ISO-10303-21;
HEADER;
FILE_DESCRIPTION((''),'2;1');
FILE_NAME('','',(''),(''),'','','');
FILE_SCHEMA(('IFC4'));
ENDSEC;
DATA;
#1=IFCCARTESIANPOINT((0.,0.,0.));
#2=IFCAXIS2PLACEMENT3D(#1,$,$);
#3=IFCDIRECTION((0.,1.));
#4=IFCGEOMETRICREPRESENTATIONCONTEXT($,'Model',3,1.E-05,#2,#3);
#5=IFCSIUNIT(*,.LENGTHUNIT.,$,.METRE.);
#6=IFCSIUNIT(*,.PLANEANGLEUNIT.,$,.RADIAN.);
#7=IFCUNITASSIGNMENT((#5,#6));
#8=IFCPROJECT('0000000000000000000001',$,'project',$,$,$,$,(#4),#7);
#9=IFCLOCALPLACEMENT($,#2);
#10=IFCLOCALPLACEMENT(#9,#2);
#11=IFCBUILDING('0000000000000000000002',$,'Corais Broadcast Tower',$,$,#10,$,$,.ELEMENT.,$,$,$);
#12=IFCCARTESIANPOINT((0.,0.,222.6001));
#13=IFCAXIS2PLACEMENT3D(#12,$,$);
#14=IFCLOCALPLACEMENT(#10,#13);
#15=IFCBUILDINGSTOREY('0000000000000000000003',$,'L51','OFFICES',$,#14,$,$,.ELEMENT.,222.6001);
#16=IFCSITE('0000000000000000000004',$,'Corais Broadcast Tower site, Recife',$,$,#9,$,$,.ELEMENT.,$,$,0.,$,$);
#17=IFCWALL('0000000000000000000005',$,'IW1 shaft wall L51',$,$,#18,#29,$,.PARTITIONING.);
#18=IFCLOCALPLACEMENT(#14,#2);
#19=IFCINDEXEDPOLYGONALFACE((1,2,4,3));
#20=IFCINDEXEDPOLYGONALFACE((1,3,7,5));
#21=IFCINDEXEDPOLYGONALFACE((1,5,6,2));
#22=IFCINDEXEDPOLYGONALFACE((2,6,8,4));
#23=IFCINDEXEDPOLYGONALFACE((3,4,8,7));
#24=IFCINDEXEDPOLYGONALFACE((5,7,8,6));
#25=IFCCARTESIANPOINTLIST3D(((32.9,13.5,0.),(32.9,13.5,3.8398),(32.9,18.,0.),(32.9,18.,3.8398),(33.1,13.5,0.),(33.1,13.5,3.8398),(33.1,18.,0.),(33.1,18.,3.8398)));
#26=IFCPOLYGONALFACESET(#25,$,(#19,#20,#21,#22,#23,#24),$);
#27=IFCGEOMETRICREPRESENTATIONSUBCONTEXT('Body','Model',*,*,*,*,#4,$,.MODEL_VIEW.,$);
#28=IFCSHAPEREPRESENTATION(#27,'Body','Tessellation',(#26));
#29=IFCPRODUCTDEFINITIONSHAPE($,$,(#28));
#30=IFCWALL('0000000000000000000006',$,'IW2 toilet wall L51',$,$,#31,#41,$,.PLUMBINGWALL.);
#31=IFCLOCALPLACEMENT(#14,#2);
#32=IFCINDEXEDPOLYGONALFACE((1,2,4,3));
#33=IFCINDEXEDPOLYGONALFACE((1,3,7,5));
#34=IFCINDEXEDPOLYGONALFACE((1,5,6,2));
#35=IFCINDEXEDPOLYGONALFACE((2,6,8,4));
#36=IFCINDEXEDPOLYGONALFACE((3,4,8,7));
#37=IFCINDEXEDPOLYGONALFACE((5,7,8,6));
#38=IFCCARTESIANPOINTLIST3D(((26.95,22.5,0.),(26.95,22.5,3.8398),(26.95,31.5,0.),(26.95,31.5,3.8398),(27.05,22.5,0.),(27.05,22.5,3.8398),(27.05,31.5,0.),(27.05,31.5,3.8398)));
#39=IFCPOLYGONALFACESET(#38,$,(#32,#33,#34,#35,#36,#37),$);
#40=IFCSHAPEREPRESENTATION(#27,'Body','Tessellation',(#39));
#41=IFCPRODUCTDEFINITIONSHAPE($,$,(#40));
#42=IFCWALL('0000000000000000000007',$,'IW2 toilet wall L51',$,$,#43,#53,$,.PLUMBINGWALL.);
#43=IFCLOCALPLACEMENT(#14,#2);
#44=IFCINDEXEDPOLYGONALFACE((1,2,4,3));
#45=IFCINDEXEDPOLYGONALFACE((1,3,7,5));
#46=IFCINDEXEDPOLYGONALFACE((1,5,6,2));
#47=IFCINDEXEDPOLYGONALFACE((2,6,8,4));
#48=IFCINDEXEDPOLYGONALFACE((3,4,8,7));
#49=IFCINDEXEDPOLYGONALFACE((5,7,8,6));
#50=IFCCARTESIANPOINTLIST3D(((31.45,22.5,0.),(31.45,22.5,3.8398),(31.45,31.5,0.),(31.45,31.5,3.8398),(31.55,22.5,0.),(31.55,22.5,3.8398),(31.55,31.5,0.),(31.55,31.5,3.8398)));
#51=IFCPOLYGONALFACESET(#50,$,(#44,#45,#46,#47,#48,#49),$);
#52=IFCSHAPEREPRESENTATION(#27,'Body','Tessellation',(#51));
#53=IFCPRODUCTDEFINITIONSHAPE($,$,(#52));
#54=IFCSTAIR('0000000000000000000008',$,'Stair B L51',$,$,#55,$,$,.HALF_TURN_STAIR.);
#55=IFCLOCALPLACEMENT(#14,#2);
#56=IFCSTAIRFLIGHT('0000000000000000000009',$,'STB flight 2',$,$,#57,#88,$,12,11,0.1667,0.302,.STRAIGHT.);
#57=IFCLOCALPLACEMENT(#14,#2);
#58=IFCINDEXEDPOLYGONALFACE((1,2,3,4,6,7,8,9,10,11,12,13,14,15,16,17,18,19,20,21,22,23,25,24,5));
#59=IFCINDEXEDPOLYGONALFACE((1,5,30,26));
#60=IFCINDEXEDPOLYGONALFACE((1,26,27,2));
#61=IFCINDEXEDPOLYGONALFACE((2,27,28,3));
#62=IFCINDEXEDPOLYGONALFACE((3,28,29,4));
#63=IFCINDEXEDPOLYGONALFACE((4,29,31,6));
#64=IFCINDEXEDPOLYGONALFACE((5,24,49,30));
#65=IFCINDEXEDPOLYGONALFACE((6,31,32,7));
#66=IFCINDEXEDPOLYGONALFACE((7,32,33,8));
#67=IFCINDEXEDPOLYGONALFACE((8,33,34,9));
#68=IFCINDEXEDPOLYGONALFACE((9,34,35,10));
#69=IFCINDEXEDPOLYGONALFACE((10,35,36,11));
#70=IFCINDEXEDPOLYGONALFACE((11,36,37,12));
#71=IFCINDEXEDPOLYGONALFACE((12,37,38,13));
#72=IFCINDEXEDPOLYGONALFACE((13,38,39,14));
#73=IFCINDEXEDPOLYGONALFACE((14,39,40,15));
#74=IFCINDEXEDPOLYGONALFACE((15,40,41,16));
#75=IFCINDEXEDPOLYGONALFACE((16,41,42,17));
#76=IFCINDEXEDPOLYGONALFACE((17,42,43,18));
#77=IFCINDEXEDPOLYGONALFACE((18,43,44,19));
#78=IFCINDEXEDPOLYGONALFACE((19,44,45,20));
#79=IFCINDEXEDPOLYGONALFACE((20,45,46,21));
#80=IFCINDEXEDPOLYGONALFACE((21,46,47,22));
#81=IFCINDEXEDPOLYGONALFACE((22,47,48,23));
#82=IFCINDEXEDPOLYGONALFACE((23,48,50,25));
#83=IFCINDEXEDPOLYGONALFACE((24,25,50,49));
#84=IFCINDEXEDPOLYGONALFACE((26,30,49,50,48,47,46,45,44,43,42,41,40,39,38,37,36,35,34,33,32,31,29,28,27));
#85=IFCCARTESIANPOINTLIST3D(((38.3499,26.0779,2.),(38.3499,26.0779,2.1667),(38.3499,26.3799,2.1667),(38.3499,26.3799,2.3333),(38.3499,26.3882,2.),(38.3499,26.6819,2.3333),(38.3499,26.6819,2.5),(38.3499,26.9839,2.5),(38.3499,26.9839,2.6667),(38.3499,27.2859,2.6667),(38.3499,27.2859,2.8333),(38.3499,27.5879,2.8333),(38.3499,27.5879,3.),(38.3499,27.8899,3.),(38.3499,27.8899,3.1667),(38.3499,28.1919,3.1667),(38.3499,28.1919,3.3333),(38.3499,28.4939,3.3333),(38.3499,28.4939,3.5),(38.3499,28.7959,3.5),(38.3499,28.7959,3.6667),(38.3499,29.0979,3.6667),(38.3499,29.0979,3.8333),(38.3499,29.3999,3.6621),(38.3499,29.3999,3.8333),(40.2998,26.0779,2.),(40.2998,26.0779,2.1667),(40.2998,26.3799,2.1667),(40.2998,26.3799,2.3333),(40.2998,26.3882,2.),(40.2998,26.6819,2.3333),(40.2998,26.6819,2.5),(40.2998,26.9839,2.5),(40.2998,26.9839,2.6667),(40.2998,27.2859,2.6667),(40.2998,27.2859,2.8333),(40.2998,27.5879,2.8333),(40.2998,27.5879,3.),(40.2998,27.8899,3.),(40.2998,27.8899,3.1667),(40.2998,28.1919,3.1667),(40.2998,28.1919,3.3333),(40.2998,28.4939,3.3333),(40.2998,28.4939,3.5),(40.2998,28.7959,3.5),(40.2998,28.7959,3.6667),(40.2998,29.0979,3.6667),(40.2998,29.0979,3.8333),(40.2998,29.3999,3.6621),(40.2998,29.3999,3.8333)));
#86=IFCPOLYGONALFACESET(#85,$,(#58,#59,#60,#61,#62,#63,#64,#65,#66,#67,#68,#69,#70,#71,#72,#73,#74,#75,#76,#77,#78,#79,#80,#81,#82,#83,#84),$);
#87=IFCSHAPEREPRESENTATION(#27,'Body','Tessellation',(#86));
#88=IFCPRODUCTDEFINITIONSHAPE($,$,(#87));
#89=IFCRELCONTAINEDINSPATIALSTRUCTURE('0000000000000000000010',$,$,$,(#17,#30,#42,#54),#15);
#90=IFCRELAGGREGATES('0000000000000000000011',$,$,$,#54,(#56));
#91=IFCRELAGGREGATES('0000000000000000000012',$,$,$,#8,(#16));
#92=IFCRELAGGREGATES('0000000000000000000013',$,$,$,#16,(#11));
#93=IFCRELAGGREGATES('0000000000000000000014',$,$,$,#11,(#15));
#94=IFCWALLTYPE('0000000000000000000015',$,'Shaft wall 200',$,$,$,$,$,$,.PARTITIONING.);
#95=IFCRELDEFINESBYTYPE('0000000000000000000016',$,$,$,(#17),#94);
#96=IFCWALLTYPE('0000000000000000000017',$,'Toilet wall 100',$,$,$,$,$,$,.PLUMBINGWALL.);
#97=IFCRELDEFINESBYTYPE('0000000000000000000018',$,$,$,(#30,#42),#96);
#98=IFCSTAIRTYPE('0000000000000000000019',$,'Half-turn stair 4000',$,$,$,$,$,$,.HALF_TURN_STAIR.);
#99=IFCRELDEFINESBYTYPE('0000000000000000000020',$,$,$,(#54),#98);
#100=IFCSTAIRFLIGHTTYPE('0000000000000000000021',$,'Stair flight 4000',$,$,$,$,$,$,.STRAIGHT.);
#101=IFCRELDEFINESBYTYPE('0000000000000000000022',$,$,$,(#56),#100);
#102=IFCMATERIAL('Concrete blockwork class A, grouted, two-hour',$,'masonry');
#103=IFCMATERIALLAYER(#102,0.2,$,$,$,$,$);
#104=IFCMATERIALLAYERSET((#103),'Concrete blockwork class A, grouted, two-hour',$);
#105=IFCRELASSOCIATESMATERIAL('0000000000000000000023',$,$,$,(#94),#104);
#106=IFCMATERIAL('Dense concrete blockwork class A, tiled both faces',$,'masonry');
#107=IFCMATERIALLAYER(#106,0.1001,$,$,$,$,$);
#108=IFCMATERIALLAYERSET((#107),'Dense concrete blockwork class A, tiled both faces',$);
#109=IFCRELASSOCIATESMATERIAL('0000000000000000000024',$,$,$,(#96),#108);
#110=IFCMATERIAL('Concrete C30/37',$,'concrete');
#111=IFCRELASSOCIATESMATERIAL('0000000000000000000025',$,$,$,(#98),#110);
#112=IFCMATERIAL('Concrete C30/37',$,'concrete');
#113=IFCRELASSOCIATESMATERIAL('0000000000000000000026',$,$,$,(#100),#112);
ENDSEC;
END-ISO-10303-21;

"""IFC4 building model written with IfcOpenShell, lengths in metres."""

from ifc_helpers import new_model, si_unit, direction, frame, frame_2d, origin, place, context, subcontext, project, spatial, polyline, rectangle, outline, extrude, material, layer, layer_set, type_object, element, aggregate, save


model = new_model("IFC4")

# Units and contexts
model_context = context("Model", 3, precision=1e-05, world=origin(), true_north=direction((0.0, 1.0)))
body_context = subcontext(model_context, "Body", "Model", "MODEL_VIEW")
ifc_project = project(units=[si_unit("LENGTHUNIT", "METRE"), si_unit("PLANEANGLEUNIT", "RADIAN")], contexts=[model_context])

# Site, building, storey
site_placement = place(None, origin())
site = spatial("IfcSite", under=ifc_project, at=site_placement, Name="Corais Broadcast Tower site, Recife", CompositionType="ELEMENT", RefElevation=0.0)
building_placement = place(site_placement, origin())
building = spatial("IfcBuilding", under=site, at=building_placement, Name="Corais Broadcast Tower", CompositionType="ELEMENT")
storey_placement = place(building_placement, frame((0.0, 0.0, 222.6001)))
storey = spatial("IfcBuildingStorey", under=building, at=storey_placement, Name="L51", Description="OFFICES", CompositionType="ELEMENT", Elevation=222.6001)

# Walls
ifc_material_1 = material(Name="Concrete blockwork class A, grouted, two-hour", Category="masonry")
ifc_layer_1 = layer(ifc_material_1, 0.2)
ifc_layer_set_1 = layer_set([ifc_layer_1], Name="Concrete blockwork class A, grouted, two-hour")
wall_type_1 = type_object("IfcWallType", Name="Shaft wall 200", PredefinedType="PARTITIONING", material=ifc_layer_set_1)
for number, where, z_axis, x_axis, name in (
    (1, (33.0, 13.5, 0.0), (0.0, 0.0, 1.0), (0.0, 1.0, 0.0), "IW1 shaft wall L51"),
):
    element("IfcWall", number, at=place(storey_placement, frame(where, z_axis=z_axis, x_axis=x_axis)), inside=storey, type_object=wall_type_1, Name=name, PredefinedType="PARTITIONING", context=body_context, shape_type="SweptSolid", body=[
        extrude(rectangle(XDim=4.5, YDim=0.2, at=frame_2d((2.25, 0.0))), origin(), (0.0, 0.0, 1.0), 3.8398),
    ])
ifc_material_2 = material(Name="Dense concrete blockwork class A, tiled both faces", Category="masonry")
ifc_layer_2 = layer(ifc_material_2, 0.1001)
ifc_layer_set_2 = layer_set([ifc_layer_2], Name="Dense concrete blockwork class A, tiled both faces")
wall_type_2 = type_object("IfcWallType", Name="Toilet wall 100", PredefinedType="PLUMBINGWALL", material=ifc_layer_set_2)
for number, where, z_axis, x_axis, name in (
    (2, (27.0, 22.5, 0.0), (0.0, 0.0, 1.0), (0.0, 1.0, 0.0), "IW2 toilet wall L51"),
    (3, (31.5, 22.5, 0.0), (0.0, 0.0, 1.0), (0.0, 1.0, 0.0), "IW2 toilet wall L51"),
):
    element("IfcWall", number, at=place(storey_placement, frame(where, z_axis=z_axis, x_axis=x_axis)), inside=storey, type_object=wall_type_2, Name=name, PredefinedType="PLUMBINGWALL", context=body_context, shape_type="SweptSolid", body=[
        extrude(rectangle(XDim=9.0, YDim=0.1001, at=frame_2d((4.5, 0.0))), origin(), (0.0, 0.0, 1.0), 3.8398),
    ])

# Stair, stair flight
ifc_material_3 = material(Name="Concrete C30/37", Category="concrete")
stair_type = type_object("IfcStairType", Name="Half-turn stair 4000", PredefinedType="HALF_TURN_STAIR", material=ifc_material_3)
stair_placement = place(storey_placement, origin())
stair = element("IfcStair", 4, at=stair_placement, inside=storey, type_object=stair_type, Name="Stair B L51", PredefinedType="HALF_TURN_STAIR")
ifc_material_4 = material(Name="Concrete C30/37", Category="concrete")
stair_flight_type = type_object("IfcStairFlightType", Name="Stair flight 4000", PredefinedType="STRAIGHT", material=ifc_material_4)
stair_flight_placement = place(storey_placement, frame((39.325, 26.0779, 2.0), z_axis=(0.0, 0.0, 1.0), x_axis=(0.0, 1.0, 0.0)))
stair_flight = element("IfcStairFlight", 5, at=stair_flight_placement, type_object=stair_flight_type, Name="STB flight 2", NumberOfRisers=12, NumberOfTreads=11, PredefinedType="STRAIGHT", RiserHeight=0.1667, TreadLength=0.302, context=body_context, shape_type="SweptSolid", body=[
    extrude(outline(polyline([(0.0, 0.0), (0.0, 0.1667), (0.302, 0.1667), (0.302, 0.3333), (0.604, 0.3333), (0.604, 0.5), (0.906, 0.5), (0.906, 0.6667), (1.208, 0.6667), (1.208, 0.8333), (1.51, 0.8333), (1.51, 1.0), (1.812, 1.0), (1.812, 1.1667), (2.114, 1.1667), (2.114, 1.3333), (2.416, 1.3333), (2.416, 1.5), (2.718, 1.5), (2.718, 1.6667), (3.02, 1.6667), (3.02, 1.8333), (3.322, 1.8333), (3.322, 2.0), (3.322, 1.6621), (0.3103, 0.0), (0.0, 0.0)])), frame((0.0, 0.9751, 0.0), z_axis=(0.0, -1.0, 0.0), x_axis=(1.0, 0.0, 0.0)), (0.0, 0.0, 1.0), 1.95),
])
aggregate(stair, [stair_flight])

save(model, "model.ifc")
